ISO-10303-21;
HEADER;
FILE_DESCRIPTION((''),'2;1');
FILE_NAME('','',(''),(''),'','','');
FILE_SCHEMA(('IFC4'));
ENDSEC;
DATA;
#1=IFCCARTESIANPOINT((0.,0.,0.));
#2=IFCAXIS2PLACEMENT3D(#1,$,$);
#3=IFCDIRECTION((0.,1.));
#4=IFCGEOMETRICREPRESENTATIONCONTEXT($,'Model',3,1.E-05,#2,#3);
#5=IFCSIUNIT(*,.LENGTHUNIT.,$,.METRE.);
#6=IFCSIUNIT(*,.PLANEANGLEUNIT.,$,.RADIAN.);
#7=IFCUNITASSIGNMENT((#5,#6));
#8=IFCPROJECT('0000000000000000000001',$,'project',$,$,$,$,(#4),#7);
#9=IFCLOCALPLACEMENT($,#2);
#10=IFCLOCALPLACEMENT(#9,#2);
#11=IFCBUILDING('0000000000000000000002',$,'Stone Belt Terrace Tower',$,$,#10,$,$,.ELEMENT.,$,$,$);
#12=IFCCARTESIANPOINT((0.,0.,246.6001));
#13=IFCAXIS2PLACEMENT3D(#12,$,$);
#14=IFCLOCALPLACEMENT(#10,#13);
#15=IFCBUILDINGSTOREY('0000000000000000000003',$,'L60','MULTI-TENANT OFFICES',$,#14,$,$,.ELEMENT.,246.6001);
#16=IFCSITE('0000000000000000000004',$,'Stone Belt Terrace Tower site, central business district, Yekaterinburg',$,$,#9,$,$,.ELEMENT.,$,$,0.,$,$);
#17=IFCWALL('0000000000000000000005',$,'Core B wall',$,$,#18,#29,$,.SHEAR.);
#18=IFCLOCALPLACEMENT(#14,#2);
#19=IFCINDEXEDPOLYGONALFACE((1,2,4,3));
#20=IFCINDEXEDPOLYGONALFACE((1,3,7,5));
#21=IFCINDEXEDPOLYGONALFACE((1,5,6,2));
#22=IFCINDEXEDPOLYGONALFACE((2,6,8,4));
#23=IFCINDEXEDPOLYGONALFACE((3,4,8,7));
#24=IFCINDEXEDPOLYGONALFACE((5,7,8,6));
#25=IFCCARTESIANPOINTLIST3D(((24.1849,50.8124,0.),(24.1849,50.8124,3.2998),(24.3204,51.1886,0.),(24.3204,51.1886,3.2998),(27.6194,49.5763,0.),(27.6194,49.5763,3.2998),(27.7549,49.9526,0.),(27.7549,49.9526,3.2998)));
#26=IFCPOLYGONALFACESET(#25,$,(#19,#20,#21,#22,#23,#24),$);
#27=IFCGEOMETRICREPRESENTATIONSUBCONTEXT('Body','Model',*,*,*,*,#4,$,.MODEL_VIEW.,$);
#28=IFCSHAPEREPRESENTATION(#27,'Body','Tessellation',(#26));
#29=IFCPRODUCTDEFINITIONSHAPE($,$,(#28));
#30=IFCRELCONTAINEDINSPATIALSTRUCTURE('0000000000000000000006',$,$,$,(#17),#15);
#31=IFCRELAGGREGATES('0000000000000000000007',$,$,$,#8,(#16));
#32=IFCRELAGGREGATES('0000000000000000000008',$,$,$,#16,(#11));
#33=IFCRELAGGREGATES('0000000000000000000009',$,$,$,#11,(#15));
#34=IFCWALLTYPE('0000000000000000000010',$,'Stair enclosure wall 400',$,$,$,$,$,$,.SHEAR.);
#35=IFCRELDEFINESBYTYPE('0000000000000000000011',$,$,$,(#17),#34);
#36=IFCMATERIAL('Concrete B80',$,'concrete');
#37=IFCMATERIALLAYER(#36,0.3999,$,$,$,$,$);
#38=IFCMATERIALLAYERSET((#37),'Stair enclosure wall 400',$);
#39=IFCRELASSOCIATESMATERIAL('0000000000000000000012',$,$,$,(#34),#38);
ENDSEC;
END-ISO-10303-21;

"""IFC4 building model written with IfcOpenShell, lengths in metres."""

from ifc_helpers import new_model, si_unit, direction, frame, frame_2d, origin, place, context, subcontext, project, spatial, rectangle, extrude, material, layer, layer_set, type_object, element, save


model = new_model("IFC4")

# Units and contexts
model_context = context("Model", 3, precision=1e-05, world=origin(), true_north=direction((0.0, 1.0)))
body_context = subcontext(model_context, "Body", "Model", "MODEL_VIEW")
ifc_project = project(units=[si_unit("LENGTHUNIT", "METRE"), si_unit("PLANEANGLEUNIT", "RADIAN")], contexts=[model_context])

# Site, building, storey
site_placement = place(None, origin())
site = spatial("IfcSite", under=ifc_project, at=site_placement, Name="Stone Belt Terrace Tower site, central business district, Yekaterinburg", CompositionType="ELEMENT", RefElevation=0.0)
building_placement = place(site_placement, origin())
building = spatial("IfcBuilding", under=site, at=building_placement, Name="Stone Belt Terrace Tower", CompositionType="ELEMENT")
storey_placement = place(building_placement, frame((0.0, 0.0, 246.6001)))
storey = spatial("IfcBuildingStorey", under=building, at=storey_placement, Name="L60", Description="MULTI-TENANT OFFICES", CompositionType="ELEMENT", Elevation=246.6001)

# Shared definitions
ifc_material_1 = material(Name="Concrete B80", Category="concrete")

# Wall
ifc_layer_1 = layer(ifc_material_1, 0.3999)
ifc_layer_set_1 = layer_set([ifc_layer_1], Name="Stair enclosure wall 400")
wall_type_1 = type_object("IfcWallType", Name="Stair enclosure wall 400", PredefinedType="SHEAR", material=ifc_layer_set_1)
wall_1_placement = place(storey_placement, frame((27.6873, 49.7644, 0.0), z_axis=(0.0, 0.0, 1.0), x_axis=(-0.940919, 0.338632, 0.0)))
element("IfcWall", 1, at=wall_1_placement, inside=storey, type_object=wall_type_1, Name="Core B wall", PredefinedType="SHEAR", context=body_context, shape_type="SweptSolid", body=[
    extrude(rectangle(XDim=3.6501, YDim=0.3999, at=frame_2d((1.8252, 0.0))), origin(), (0.0, 0.0, 1.0), 3.2998),
])

save(model, "model.ifc")
